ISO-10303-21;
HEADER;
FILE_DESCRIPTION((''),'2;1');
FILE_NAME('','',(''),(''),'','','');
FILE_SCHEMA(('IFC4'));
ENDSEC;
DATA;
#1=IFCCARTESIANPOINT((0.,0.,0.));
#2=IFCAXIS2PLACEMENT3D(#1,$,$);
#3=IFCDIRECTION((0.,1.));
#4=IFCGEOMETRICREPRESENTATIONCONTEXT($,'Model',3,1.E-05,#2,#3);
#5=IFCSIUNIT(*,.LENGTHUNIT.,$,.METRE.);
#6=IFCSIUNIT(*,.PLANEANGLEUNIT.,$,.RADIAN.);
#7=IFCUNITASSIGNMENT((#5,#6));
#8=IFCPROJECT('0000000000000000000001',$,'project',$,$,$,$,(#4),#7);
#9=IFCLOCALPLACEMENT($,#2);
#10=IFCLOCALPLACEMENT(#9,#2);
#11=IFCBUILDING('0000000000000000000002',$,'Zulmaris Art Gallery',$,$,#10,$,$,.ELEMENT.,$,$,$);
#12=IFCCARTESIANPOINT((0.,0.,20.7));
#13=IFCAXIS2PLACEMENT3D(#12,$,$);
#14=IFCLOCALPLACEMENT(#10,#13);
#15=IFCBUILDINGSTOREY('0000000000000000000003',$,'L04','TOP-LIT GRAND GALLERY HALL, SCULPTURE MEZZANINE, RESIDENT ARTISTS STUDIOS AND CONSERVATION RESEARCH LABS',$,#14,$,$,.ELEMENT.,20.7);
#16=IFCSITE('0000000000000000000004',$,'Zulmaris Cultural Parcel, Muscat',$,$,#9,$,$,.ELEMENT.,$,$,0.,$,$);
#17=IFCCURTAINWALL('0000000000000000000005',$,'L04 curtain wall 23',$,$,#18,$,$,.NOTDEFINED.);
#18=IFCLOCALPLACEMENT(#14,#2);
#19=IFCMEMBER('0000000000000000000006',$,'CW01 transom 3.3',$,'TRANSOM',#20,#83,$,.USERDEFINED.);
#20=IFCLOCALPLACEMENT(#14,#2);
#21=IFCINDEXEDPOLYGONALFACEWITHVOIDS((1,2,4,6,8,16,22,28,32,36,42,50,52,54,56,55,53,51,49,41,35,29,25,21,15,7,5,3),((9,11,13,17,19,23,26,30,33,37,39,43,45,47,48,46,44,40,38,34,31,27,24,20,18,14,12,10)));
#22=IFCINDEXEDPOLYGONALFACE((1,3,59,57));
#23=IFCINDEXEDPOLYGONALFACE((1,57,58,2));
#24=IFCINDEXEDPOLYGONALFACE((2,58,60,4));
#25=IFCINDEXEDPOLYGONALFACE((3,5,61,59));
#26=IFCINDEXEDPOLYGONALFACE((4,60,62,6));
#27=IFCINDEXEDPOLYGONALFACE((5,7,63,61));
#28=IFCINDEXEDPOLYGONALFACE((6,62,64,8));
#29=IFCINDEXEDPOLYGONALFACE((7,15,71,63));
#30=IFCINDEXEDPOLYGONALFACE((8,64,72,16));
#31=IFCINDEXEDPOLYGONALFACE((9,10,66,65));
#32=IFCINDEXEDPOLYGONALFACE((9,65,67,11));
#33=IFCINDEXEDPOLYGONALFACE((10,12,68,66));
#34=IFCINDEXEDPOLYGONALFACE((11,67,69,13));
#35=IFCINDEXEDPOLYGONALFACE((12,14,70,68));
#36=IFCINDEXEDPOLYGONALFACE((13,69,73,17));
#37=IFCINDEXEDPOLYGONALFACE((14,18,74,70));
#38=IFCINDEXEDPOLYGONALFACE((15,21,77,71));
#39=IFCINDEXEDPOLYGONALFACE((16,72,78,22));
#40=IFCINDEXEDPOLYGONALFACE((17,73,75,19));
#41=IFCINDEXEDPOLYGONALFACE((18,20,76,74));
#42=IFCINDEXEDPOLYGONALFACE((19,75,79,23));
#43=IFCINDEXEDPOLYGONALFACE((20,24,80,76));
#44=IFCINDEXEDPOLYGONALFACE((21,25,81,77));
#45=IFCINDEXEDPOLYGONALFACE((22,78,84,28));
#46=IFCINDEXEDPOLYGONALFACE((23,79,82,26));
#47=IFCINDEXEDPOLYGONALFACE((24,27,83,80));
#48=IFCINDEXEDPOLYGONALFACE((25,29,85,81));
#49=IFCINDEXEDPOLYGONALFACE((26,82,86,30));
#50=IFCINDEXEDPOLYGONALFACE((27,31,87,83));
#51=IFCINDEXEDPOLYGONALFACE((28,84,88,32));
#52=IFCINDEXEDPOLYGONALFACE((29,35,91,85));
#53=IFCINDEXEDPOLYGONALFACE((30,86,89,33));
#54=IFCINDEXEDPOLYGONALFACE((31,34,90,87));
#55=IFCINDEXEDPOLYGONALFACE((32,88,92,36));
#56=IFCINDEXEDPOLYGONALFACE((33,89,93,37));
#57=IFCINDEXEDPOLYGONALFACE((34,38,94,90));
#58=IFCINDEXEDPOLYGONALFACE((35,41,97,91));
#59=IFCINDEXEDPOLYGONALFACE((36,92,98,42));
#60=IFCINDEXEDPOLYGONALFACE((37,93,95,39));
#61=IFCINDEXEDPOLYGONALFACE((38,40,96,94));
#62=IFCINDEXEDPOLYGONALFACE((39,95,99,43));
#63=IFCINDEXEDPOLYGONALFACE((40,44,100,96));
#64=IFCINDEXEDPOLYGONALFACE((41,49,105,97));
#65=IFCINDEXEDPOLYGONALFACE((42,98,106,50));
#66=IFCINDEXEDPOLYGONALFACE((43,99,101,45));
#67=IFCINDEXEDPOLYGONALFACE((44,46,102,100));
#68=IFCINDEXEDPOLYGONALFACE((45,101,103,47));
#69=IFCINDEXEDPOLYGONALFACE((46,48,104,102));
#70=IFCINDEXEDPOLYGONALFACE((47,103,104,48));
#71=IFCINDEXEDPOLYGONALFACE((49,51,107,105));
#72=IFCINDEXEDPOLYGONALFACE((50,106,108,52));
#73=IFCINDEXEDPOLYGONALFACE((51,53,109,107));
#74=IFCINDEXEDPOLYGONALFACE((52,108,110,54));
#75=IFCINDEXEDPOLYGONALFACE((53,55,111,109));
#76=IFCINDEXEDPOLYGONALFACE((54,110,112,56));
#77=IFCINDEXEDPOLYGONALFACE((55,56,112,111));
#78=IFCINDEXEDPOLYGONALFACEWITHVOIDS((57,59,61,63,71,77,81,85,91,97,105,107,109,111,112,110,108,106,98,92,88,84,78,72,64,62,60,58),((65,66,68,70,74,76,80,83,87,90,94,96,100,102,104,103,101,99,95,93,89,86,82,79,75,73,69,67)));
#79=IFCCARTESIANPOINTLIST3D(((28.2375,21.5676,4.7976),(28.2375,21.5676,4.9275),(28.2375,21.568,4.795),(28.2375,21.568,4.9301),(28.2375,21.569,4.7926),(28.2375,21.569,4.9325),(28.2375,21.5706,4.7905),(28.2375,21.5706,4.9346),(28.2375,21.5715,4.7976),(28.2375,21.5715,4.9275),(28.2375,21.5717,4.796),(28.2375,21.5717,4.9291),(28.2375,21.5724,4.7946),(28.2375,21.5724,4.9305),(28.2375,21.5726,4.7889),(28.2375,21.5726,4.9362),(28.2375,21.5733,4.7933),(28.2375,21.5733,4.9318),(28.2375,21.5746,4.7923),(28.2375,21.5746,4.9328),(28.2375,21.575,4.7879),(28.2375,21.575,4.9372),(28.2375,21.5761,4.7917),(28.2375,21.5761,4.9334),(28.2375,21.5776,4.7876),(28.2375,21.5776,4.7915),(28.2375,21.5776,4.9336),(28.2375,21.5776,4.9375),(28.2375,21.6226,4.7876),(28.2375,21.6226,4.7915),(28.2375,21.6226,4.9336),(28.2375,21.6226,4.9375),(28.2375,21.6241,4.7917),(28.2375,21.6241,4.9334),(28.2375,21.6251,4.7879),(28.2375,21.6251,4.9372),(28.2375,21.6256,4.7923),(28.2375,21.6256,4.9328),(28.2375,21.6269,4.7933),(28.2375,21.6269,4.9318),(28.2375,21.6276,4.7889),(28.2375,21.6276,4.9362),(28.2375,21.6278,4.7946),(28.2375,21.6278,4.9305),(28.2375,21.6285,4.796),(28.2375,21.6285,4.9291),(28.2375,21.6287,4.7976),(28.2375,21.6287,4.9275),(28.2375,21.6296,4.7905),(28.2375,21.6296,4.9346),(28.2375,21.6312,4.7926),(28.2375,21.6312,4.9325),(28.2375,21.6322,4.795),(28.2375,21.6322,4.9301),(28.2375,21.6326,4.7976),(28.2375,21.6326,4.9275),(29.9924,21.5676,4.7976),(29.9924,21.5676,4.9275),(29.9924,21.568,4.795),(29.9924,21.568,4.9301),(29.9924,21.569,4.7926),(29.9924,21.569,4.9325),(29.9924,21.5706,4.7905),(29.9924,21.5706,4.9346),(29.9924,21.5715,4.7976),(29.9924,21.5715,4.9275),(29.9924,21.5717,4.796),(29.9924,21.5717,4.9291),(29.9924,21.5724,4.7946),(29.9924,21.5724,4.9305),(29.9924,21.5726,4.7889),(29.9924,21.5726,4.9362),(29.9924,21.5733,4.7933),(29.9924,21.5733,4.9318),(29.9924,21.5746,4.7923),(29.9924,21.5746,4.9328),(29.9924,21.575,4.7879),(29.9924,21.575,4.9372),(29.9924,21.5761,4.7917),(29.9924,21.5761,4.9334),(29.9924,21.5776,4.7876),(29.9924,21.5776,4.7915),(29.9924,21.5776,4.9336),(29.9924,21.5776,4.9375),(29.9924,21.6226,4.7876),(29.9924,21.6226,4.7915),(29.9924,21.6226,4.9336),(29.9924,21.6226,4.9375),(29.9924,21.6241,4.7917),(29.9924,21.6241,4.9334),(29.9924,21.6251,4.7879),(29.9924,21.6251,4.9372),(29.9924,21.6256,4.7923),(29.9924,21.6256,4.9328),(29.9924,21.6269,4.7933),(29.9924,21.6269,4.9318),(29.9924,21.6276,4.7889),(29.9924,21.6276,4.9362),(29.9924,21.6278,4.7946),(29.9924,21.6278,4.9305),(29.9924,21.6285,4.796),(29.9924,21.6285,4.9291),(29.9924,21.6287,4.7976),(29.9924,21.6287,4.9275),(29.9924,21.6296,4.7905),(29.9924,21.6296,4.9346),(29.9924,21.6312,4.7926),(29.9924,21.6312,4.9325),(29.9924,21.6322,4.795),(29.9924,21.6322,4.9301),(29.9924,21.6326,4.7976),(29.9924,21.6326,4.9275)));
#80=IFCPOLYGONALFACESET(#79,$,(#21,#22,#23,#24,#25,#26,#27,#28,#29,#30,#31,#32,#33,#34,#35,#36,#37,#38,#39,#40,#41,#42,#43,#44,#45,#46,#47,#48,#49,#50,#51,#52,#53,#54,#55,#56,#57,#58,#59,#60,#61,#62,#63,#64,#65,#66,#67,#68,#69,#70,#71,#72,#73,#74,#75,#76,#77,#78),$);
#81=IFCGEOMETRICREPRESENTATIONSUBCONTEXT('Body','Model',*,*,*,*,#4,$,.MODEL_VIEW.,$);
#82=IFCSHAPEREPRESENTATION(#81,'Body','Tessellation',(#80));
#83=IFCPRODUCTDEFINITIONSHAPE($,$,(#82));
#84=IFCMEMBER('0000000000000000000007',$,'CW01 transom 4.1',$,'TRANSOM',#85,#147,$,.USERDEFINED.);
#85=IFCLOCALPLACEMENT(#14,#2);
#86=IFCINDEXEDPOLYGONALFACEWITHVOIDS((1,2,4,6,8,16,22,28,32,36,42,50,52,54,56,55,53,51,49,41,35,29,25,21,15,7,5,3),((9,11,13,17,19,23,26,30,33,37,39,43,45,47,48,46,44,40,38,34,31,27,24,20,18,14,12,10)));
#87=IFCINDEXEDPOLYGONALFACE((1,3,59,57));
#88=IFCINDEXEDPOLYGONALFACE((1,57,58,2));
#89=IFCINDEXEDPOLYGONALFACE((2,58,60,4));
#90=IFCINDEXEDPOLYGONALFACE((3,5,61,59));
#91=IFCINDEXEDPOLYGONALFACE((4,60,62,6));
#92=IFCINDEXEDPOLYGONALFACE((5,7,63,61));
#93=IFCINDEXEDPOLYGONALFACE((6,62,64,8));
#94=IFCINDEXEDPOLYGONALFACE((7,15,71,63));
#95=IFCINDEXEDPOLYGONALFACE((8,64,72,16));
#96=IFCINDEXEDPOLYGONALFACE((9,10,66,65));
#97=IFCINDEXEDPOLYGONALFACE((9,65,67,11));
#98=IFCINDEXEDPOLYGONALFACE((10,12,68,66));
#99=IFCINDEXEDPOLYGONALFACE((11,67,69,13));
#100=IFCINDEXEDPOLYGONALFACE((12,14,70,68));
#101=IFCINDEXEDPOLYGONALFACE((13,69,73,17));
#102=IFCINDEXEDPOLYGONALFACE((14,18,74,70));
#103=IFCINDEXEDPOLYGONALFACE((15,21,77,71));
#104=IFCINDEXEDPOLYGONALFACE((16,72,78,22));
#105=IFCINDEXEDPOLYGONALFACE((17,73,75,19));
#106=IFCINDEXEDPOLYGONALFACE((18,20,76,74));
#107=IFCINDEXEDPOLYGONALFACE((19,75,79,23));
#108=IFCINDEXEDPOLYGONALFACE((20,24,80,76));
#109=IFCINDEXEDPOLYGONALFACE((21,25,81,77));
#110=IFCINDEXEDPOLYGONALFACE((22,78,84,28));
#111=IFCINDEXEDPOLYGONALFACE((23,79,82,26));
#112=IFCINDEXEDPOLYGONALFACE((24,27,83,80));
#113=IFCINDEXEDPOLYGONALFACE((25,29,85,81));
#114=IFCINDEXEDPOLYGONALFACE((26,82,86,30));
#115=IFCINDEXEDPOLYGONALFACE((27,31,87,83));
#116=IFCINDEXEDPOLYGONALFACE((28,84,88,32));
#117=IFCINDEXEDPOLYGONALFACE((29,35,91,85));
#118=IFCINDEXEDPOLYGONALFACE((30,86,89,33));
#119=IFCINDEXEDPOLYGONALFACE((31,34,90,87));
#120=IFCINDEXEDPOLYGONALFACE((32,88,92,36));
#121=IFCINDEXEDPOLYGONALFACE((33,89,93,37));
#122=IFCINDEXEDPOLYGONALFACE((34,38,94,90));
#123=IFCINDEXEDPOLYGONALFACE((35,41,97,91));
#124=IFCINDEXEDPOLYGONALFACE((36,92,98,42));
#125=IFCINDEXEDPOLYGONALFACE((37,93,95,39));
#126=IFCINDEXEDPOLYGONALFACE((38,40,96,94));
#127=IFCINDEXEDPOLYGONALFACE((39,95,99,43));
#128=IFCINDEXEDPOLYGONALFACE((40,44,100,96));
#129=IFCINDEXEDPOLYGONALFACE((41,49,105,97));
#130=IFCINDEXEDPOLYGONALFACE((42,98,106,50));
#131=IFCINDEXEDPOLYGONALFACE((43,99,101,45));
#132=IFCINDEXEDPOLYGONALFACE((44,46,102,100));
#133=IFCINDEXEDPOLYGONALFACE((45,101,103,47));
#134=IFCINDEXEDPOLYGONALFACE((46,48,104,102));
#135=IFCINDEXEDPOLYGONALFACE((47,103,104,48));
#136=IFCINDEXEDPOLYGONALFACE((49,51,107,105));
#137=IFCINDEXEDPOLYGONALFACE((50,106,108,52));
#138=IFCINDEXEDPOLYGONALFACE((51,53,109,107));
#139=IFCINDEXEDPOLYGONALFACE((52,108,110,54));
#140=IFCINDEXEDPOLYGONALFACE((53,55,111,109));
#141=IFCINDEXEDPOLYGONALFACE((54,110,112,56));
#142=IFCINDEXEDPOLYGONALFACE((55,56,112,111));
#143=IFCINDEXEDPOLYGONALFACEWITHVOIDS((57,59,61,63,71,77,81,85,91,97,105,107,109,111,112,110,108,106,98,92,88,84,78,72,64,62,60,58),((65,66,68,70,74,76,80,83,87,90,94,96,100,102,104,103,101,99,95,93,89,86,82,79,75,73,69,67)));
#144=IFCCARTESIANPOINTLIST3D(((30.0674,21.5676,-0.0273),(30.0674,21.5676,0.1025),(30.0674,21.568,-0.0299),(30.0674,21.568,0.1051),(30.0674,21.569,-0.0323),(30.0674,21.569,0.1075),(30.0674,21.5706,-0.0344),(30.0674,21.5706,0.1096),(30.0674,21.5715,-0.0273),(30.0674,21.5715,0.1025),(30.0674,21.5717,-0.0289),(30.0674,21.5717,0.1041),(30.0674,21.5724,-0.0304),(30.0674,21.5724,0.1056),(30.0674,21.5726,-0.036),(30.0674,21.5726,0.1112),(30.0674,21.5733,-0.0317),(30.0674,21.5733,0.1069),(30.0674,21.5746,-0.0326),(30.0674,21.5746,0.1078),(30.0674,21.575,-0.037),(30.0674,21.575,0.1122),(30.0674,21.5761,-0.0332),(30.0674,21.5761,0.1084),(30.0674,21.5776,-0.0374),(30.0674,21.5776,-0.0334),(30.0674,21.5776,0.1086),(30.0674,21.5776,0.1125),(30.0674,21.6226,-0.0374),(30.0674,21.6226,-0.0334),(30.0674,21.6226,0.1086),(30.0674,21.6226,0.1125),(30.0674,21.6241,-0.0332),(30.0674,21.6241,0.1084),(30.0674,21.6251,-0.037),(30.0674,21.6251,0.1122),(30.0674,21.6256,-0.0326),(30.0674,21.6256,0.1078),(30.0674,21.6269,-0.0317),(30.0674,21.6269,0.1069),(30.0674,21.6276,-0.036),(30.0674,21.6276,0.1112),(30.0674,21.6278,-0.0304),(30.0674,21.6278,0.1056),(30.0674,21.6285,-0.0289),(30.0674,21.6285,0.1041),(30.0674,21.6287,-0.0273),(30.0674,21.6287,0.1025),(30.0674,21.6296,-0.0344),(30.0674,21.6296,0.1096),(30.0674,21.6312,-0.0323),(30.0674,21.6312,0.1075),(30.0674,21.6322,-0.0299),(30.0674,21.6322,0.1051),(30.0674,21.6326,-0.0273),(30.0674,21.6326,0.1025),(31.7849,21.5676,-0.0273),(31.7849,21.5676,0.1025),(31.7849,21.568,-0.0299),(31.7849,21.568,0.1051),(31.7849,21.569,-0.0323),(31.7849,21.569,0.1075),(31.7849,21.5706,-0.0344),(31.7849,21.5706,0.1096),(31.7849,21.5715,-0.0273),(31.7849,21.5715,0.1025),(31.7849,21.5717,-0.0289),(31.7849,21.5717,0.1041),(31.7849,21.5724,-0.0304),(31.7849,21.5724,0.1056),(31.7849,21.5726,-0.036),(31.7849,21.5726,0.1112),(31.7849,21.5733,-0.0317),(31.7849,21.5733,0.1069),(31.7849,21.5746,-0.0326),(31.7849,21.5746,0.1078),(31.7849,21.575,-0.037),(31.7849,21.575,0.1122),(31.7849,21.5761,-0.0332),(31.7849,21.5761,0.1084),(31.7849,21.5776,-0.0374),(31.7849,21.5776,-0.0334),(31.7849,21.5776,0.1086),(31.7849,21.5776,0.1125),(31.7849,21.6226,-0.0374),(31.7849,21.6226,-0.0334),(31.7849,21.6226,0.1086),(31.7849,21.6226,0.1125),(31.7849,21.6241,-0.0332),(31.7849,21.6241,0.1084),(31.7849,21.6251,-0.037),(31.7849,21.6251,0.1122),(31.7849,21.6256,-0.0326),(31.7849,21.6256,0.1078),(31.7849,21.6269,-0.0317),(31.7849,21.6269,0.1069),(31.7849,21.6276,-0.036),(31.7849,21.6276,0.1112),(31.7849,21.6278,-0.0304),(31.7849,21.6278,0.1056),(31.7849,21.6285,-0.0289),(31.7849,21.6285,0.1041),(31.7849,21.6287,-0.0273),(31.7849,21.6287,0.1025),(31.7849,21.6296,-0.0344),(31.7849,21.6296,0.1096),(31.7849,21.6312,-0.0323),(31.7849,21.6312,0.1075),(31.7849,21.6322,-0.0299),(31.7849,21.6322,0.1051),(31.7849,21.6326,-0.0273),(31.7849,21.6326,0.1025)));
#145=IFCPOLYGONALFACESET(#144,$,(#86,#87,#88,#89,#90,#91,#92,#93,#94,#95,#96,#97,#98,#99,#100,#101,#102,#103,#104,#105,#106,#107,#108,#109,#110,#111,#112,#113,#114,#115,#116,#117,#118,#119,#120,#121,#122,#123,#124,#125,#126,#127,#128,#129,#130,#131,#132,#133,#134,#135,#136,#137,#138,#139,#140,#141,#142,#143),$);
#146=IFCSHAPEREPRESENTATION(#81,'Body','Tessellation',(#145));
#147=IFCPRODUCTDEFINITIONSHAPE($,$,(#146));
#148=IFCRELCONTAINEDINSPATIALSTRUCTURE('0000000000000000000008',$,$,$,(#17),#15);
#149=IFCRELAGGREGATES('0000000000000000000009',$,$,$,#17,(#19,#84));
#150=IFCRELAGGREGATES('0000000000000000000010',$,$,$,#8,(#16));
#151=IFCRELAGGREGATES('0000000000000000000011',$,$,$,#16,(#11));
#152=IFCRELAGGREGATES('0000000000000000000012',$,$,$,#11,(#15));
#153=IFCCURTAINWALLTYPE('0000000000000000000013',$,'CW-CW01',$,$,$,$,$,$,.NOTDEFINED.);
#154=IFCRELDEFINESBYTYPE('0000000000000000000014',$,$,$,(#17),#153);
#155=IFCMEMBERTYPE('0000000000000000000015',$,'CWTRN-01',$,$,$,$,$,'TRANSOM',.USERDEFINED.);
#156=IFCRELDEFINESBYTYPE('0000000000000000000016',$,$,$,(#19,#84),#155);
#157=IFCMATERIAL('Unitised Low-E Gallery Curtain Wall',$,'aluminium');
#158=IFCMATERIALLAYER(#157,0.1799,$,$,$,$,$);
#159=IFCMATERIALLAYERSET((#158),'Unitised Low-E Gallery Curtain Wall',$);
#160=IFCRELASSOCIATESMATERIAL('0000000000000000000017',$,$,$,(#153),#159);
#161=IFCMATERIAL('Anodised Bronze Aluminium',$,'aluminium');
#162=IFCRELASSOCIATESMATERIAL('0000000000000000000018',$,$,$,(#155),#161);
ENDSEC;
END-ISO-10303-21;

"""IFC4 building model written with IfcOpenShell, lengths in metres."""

from ifc_helpers import new_model, si_unit, direction, frame, origin, origin_2d, place, context, subcontext, project, spatial, hollow_rectangle, extrude, material, layer, layer_set, material_profile, profile_set, type_object, element, aggregate, save


model = new_model("IFC4")

# Units and contexts
model_context = context("Model", 3, precision=1e-05, world=origin(), true_north=direction((0.0, 1.0)))
body_context = subcontext(model_context, "Body", "Model", "MODEL_VIEW")
ifc_project = project(units=[si_unit("LENGTHUNIT", "METRE"), si_unit("PLANEANGLEUNIT", "RADIAN")], contexts=[model_context])

# Site, building, storey
site_placement = place(None, origin())
site = spatial("IfcSite", under=ifc_project, at=site_placement, Name="Zulmaris Cultural Parcel, Muscat", CompositionType="ELEMENT", RefElevation=0.0)
building_placement = place(site_placement, origin())
building = spatial("IfcBuilding", under=site, at=building_placement, Name="Zulmaris Art Gallery", CompositionType="ELEMENT")
storey_placement = place(building_placement, frame((0.0, 0.0, 20.7)))
storey = spatial("IfcBuildingStorey", under=building, at=storey_placement, Name="L04", Description="TOP-LIT GRAND GALLERY HALL, SCULPTURE MEZZANINE, RESIDENT ARTISTS STUDIOS AND CONSERVATION RESEARCH LABS", CompositionType="ELEMENT", Elevation=20.7)

# Curtain wall
ifc_material_1 = material(Name="Unitised Low-E Gallery Curtain Wall", Category="aluminium")
ifc_layer_1 = layer(ifc_material_1, 0.1799)
ifc_layer_set_1 = layer_set([ifc_layer_1], Name="Unitised Low-E Gallery Curtain Wall")
curtain_wall_type_1 = type_object("IfcCurtainWallType", Name="CW-CW01", PredefinedType="NOTDEFINED", material=ifc_layer_set_1)
curtain_wall_1_placement = place(storey_placement, origin())
curtain_wall_1 = element("IfcCurtainWall", 1, at=curtain_wall_1_placement, inside=storey, type_object=curtain_wall_type_1, Name="L04 curtain wall 23", PredefinedType="NOTDEFINED")
ifc_material_2 = material(Name="Anodised Bronze Aluminium", Category="aluminium")

# Members
ifc_material_profile_1 = material_profile(ifc_material_2, hollow_rectangle(XDim=0.0649, YDim=0.1499, WallThickness=0.0039, InnerFilletRadius=0.0061, OuterFilletRadius=0.01, at=origin_2d()), Name="ALU 65x150x4")
ifc_profile_set_1 = profile_set([ifc_material_profile_1], Name="Anodised Bronze Aluminium")
member_type_1 = type_object("IfcMemberType", Name="CWTRN-01", ElementType="TRANSOM", PredefinedType="USERDEFINED", material=ifc_profile_set_1)
member_1_placement = place(storey_placement, frame((28.2375, 21.6001, 4.8625), z_axis=(1.0, 0.0, 0.0), x_axis=(0.0, 1.0, 0.0)))
member_1 = element("IfcMember", 2, at=member_1_placement, type_object=member_type_1, Name="CW01 transom 3.3", ObjectType="TRANSOM", PredefinedType="USERDEFINED", context=body_context, shape_type="SweptSolid", body=[
    extrude(hollow_rectangle(XDim=0.0649, YDim=0.1499, WallThickness=0.0039, InnerFilletRadius=0.0061, OuterFilletRadius=0.01, at=origin_2d()), origin(), (0.0, 0.0, 1.0), 1.7549),
])
member_2_placement = place(storey_placement, frame((30.0674, 21.6001, 0.0376), z_axis=(1.0, 0.0, 0.0), x_axis=(0.0, 1.0, 0.0)))
member_2 = element("IfcMember", 3, at=member_2_placement, type_object=member_type_1, Name="CW01 transom 4.1", ObjectType="TRANSOM", PredefinedType="USERDEFINED", context=body_context, shape_type="SweptSolid", body=[
    extrude(hollow_rectangle(XDim=0.0649, YDim=0.1499, WallThickness=0.0039, InnerFilletRadius=0.0061, OuterFilletRadius=0.01, at=origin_2d()), origin(), (0.0, 0.0, 1.0), 1.7175),
])

aggregate(curtain_wall_1, [member_1, member_2])

save(model, "model.ifc")
